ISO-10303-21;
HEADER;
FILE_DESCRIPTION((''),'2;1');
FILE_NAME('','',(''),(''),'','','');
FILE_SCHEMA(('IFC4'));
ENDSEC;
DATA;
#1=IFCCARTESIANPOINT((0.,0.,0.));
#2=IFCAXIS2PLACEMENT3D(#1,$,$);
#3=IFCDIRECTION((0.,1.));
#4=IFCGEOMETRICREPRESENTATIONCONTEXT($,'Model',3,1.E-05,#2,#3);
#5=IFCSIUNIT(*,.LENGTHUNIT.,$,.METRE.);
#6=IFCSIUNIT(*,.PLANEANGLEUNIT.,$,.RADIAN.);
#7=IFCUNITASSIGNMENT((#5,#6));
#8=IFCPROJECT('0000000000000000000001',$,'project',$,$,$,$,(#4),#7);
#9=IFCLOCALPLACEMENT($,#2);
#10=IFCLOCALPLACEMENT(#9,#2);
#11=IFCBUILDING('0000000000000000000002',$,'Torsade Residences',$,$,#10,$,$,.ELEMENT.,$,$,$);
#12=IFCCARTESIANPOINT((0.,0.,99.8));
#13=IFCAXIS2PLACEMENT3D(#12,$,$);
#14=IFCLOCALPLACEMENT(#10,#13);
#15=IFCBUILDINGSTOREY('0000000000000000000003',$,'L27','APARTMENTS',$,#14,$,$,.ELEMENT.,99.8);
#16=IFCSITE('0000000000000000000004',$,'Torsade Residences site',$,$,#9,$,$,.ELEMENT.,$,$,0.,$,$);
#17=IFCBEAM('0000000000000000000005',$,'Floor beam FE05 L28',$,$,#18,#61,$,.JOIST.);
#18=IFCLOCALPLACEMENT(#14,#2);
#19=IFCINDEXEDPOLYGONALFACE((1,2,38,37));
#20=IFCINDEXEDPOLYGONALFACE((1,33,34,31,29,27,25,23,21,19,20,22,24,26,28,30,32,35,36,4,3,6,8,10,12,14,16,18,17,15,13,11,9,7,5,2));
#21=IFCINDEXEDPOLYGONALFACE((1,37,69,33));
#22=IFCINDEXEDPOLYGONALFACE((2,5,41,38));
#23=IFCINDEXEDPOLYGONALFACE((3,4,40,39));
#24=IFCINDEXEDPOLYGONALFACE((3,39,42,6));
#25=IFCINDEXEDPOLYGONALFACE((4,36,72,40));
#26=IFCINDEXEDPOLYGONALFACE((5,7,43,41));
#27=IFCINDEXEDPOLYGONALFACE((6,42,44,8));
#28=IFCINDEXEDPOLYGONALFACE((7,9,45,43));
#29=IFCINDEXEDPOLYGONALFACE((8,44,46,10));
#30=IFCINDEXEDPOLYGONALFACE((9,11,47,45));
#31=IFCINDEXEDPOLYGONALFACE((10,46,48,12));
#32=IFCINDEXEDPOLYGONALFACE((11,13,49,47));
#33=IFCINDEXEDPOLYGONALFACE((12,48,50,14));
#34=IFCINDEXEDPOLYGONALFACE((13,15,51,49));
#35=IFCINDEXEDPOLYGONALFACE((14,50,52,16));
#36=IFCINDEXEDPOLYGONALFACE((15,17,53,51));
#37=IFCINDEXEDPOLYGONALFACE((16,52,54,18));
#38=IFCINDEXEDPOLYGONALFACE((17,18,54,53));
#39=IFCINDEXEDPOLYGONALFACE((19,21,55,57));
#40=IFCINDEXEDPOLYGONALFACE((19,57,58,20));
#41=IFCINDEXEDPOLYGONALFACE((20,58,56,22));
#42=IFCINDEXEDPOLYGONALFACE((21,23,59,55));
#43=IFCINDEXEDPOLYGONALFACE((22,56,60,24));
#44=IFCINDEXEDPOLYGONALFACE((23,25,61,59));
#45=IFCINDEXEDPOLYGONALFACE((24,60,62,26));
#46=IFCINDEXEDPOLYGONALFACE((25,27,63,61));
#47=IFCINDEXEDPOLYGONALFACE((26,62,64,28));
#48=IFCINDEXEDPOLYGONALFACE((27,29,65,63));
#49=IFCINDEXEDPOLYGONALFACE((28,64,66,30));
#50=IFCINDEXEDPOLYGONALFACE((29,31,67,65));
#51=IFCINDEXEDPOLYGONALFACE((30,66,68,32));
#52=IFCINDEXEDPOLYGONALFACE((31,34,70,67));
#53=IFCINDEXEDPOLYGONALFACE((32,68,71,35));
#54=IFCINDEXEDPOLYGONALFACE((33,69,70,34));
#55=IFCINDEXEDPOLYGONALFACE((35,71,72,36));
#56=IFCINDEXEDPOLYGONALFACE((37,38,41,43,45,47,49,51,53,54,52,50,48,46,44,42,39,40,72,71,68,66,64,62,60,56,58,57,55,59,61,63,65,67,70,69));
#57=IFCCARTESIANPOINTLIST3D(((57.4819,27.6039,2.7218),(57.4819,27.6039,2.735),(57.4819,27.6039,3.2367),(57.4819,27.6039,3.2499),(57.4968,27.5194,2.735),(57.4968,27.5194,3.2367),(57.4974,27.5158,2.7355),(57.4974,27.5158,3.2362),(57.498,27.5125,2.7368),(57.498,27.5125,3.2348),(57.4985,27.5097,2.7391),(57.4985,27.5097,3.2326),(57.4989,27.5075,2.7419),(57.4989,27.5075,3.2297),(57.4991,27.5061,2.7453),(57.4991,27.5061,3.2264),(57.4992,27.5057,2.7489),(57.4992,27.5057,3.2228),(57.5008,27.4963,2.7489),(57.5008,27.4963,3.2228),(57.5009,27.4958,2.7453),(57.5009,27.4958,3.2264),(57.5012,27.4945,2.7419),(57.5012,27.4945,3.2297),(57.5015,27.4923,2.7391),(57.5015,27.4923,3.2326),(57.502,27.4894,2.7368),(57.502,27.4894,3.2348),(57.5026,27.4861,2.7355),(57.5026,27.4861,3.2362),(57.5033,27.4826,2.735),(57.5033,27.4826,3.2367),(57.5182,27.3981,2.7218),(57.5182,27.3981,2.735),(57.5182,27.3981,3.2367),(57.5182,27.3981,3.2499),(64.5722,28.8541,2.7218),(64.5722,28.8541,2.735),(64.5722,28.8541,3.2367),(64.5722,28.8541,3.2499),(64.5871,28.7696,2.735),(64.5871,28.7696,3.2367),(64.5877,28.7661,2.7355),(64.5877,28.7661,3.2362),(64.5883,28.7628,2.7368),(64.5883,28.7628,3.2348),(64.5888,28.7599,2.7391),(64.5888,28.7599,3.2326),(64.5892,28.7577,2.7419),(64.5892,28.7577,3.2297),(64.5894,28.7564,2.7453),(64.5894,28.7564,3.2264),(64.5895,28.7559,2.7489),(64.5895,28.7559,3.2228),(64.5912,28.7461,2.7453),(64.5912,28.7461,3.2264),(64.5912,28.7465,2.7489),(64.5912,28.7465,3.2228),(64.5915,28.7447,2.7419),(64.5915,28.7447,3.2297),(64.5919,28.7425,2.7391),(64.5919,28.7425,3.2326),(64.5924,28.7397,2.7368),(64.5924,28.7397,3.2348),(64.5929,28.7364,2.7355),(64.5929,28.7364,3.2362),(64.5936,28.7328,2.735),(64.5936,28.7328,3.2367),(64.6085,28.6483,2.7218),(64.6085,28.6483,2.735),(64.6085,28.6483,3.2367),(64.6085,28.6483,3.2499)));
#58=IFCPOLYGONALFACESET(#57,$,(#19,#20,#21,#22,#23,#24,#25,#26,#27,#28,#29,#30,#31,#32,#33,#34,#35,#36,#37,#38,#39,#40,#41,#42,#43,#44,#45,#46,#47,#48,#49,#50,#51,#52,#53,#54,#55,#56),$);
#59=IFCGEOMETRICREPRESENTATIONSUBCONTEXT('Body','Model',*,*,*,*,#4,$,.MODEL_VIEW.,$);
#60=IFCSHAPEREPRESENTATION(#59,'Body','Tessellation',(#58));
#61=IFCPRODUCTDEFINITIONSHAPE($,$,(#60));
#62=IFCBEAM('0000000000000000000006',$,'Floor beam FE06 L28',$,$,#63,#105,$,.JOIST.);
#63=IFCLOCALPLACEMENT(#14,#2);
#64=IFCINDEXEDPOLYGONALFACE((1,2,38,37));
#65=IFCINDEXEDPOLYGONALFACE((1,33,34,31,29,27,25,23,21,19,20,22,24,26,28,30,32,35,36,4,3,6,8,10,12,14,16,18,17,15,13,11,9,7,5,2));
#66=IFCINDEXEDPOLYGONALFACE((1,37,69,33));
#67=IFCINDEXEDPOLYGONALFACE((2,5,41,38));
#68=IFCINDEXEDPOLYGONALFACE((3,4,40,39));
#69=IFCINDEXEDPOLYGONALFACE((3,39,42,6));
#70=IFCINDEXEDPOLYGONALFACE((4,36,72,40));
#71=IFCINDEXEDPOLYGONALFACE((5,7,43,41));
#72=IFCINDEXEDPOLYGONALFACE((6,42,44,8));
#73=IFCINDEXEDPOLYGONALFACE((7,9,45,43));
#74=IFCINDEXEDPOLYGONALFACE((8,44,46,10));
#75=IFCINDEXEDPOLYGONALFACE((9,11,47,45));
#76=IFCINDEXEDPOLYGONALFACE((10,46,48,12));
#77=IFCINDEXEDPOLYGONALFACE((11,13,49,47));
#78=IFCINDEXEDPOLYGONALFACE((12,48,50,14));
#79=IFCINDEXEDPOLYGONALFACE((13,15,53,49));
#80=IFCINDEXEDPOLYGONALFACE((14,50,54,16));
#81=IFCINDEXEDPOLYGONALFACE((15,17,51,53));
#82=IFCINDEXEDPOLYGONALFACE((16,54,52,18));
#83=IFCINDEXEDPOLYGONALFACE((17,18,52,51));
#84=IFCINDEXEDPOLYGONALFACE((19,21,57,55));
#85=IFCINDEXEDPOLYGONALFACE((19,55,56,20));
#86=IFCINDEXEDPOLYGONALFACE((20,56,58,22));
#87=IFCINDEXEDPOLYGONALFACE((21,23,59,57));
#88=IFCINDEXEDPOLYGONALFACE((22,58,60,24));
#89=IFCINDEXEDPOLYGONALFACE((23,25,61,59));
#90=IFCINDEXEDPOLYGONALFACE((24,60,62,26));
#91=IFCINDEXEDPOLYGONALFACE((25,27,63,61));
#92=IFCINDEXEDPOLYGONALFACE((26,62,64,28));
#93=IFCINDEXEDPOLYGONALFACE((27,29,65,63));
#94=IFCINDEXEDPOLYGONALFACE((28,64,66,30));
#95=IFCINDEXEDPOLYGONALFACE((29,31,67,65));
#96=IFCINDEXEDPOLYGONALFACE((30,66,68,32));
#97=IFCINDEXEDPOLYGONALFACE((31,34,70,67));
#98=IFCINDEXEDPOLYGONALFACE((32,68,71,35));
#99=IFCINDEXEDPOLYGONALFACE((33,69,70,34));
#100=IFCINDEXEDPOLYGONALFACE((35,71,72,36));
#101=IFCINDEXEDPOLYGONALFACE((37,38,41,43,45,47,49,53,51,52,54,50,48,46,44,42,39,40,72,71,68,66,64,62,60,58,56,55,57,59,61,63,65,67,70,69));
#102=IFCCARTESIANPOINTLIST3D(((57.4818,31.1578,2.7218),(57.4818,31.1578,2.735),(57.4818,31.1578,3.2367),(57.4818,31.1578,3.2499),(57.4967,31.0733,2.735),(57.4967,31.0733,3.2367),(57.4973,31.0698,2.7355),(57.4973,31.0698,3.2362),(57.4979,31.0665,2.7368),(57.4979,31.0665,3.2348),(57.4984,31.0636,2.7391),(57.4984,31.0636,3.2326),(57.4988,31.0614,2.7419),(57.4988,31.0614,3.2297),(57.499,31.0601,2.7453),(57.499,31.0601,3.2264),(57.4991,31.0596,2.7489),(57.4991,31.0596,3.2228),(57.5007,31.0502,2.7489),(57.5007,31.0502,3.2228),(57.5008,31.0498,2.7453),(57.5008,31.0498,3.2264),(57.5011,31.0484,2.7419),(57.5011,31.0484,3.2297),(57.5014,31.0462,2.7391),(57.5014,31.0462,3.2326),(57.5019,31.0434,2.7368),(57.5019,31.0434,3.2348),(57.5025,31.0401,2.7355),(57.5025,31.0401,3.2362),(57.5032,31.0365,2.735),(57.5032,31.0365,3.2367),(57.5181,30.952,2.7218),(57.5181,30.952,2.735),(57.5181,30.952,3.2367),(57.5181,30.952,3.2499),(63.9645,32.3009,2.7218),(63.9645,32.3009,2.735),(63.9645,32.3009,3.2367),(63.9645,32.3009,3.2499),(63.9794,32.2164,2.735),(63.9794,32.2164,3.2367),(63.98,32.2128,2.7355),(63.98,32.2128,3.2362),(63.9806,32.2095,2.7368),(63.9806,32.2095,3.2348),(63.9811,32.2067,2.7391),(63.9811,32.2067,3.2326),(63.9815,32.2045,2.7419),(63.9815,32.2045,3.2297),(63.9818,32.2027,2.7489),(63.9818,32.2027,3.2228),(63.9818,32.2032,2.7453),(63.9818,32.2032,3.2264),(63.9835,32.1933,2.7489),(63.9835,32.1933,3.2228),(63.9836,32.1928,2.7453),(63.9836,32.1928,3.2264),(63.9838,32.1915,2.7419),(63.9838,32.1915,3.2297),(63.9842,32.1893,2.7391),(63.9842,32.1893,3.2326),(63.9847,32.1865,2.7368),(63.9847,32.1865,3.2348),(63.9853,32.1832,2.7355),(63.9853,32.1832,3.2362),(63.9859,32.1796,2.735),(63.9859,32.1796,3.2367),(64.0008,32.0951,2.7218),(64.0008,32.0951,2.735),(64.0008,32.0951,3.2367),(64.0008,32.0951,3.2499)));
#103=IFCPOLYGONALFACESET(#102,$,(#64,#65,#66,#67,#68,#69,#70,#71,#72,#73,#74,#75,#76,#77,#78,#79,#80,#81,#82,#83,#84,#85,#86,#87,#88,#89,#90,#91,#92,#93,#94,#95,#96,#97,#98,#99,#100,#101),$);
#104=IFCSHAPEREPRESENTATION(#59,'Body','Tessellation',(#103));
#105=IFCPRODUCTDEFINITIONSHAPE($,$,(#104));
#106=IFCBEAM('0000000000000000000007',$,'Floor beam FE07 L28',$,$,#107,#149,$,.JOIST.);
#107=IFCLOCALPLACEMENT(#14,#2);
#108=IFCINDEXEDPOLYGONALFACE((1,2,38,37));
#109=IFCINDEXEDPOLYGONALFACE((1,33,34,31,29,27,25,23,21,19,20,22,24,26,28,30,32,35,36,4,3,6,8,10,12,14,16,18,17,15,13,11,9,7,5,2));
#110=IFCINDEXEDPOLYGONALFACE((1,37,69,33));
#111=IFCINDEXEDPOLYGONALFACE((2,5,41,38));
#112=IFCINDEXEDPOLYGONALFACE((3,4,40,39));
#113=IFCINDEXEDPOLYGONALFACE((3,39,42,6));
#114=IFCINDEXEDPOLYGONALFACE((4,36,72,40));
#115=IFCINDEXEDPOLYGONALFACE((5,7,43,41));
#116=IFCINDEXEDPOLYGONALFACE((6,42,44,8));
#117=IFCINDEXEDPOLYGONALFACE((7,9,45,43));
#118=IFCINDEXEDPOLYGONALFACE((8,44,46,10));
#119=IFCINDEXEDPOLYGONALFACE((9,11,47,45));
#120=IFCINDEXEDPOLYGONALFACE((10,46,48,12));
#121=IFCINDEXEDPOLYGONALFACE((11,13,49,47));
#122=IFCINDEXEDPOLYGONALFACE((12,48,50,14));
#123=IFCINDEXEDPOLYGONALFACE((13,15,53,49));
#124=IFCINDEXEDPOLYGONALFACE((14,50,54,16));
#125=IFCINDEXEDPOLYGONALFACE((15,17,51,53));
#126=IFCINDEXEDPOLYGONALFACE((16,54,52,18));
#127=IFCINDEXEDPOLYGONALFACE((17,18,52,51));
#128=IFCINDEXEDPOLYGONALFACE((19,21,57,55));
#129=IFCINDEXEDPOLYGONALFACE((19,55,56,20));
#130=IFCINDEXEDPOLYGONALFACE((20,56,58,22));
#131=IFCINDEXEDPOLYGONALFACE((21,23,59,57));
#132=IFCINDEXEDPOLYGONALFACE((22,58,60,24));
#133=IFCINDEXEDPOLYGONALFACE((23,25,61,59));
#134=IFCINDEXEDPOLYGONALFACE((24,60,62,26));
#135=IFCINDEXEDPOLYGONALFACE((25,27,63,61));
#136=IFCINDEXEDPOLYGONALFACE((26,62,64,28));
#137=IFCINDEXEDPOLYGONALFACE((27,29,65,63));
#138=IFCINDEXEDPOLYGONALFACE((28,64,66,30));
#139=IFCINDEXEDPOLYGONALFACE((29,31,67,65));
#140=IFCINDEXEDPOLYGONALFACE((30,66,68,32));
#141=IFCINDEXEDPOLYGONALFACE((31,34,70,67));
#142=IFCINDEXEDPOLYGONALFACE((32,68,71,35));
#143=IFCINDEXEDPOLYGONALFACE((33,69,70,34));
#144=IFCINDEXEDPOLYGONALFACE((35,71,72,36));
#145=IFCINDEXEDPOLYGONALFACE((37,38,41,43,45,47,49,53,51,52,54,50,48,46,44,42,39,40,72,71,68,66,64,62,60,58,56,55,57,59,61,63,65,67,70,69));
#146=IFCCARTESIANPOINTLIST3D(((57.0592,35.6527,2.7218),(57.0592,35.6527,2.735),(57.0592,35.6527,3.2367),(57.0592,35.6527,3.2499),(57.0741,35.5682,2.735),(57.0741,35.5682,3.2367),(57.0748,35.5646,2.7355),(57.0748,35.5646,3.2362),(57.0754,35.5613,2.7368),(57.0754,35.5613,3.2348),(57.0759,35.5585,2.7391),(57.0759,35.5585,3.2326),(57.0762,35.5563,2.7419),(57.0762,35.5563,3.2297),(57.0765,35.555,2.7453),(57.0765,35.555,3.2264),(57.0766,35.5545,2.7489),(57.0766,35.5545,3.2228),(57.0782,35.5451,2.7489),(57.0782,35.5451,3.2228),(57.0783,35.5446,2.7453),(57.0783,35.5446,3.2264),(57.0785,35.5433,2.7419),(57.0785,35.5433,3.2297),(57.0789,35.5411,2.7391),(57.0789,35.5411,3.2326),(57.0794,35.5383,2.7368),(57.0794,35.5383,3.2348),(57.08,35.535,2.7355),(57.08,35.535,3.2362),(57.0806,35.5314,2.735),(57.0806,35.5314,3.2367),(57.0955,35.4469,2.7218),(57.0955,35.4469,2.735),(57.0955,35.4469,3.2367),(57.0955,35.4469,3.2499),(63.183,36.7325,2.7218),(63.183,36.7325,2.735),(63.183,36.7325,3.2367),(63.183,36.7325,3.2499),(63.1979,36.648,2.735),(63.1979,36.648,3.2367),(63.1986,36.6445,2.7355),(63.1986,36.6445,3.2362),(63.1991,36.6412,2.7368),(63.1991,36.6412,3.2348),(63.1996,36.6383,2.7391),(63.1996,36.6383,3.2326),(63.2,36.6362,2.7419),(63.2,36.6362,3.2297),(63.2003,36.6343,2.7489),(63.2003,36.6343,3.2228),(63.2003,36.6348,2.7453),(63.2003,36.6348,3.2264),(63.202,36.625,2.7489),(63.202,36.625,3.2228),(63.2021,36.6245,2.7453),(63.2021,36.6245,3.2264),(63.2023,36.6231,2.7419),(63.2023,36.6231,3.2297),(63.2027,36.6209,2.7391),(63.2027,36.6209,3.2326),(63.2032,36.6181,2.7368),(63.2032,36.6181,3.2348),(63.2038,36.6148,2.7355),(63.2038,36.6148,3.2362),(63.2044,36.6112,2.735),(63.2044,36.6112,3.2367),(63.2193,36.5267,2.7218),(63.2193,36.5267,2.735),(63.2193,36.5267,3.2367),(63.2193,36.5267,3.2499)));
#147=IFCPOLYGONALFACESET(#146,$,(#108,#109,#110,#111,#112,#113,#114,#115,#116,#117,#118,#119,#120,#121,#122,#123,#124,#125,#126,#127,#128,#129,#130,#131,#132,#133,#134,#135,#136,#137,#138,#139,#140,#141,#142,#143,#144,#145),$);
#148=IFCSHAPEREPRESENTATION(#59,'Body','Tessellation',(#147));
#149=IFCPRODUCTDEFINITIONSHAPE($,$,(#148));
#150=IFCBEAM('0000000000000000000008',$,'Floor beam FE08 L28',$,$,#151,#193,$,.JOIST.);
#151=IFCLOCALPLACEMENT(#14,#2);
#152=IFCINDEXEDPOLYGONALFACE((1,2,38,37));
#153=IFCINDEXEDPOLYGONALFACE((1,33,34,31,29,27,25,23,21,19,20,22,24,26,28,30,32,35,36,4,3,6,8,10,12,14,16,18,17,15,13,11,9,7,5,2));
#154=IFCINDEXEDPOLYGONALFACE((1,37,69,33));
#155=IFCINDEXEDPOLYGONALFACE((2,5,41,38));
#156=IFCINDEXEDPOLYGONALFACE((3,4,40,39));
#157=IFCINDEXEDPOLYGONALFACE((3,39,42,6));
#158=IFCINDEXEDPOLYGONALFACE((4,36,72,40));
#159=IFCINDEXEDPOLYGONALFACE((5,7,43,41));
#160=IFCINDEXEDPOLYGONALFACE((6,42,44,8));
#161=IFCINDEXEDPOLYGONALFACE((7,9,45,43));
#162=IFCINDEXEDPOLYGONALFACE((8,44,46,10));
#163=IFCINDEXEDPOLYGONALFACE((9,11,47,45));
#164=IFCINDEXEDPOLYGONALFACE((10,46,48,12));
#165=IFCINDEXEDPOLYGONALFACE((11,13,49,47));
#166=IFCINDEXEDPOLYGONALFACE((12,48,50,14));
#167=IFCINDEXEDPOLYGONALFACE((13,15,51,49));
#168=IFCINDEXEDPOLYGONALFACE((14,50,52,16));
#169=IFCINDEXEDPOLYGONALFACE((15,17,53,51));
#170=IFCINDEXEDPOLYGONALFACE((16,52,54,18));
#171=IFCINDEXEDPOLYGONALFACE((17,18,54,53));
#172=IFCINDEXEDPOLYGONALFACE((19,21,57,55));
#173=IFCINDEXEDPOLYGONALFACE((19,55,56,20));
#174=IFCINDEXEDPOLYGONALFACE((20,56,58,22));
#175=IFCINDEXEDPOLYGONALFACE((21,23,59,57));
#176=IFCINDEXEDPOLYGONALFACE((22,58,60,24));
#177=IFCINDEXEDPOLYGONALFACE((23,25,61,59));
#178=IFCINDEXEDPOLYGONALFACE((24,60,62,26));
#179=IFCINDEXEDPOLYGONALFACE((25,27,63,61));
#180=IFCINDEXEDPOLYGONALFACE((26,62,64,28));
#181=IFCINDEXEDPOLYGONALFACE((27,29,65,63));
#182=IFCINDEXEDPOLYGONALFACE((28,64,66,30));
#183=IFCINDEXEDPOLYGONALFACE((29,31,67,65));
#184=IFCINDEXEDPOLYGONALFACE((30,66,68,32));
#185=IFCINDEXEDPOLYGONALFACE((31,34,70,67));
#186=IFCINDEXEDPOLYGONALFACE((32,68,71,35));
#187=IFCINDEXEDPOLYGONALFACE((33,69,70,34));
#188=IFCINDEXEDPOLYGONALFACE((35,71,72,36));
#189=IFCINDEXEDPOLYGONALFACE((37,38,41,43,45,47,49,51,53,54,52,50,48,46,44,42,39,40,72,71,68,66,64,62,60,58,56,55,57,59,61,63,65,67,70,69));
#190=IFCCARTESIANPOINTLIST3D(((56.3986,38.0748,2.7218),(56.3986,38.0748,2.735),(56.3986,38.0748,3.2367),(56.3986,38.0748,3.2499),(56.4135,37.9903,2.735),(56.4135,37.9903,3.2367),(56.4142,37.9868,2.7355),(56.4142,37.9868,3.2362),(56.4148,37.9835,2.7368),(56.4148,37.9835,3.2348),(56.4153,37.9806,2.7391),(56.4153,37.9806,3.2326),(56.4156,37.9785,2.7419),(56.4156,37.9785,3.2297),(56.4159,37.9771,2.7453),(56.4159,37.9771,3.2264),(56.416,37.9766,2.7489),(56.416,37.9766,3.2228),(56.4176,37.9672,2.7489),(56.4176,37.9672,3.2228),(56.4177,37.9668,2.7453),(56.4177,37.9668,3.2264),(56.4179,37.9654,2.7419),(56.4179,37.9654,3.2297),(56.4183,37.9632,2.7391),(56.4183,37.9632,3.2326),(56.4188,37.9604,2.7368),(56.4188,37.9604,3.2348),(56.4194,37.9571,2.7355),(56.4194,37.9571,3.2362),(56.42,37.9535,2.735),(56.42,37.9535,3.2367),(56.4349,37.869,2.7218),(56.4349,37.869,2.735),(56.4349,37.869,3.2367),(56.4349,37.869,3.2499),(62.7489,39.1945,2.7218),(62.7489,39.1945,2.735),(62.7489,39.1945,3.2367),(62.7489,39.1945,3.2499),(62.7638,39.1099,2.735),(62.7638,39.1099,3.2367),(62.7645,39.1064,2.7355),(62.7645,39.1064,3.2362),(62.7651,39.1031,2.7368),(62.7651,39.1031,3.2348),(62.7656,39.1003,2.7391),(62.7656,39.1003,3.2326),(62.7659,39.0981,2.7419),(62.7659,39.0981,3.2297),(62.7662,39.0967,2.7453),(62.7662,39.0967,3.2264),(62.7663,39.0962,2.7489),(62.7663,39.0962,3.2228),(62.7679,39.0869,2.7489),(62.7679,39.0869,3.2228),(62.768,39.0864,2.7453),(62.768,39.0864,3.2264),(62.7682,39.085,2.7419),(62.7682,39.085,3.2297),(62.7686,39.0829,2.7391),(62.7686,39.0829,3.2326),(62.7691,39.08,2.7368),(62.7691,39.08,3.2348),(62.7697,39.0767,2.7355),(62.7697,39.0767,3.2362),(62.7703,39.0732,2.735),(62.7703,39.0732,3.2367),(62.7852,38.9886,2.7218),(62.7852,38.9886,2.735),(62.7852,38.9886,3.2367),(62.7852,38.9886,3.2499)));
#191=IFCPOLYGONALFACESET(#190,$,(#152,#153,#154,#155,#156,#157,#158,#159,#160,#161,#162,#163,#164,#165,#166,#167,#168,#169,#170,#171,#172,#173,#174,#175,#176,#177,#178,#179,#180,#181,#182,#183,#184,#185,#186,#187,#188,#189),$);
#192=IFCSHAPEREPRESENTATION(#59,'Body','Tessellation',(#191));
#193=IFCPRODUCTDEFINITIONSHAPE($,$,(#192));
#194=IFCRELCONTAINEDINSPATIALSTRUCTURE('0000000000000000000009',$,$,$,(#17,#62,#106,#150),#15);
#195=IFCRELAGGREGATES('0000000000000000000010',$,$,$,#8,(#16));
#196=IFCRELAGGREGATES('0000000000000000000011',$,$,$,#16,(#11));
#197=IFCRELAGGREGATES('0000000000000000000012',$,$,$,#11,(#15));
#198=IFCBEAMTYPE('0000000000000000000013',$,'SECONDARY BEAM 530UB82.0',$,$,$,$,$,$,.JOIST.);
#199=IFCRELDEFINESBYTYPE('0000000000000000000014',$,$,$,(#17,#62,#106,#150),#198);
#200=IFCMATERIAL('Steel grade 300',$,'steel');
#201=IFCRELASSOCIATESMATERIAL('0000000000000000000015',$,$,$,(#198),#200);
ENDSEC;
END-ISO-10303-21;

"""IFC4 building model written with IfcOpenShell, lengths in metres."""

from ifc_helpers import new_model, si_unit, direction, frame, origin, origin_2d, place, context, subcontext, project, spatial, i_section, extrude, material, material_profile, profile_set, type_object, element, save


model = new_model("IFC4")

# Units and contexts
model_context = context("Model", 3, precision=1e-05, world=origin(), true_north=direction((0.0, 1.0)))
body_context = subcontext(model_context, "Body", "Model", "MODEL_VIEW")
ifc_project = project(units=[si_unit("LENGTHUNIT", "METRE"), si_unit("PLANEANGLEUNIT", "RADIAN")], contexts=[model_context])

# Site, building, storey
site_placement = place(None, origin())
site = spatial("IfcSite", under=ifc_project, at=site_placement, Name="Torsade Residences site", CompositionType="ELEMENT", RefElevation=0.0)
building_placement = place(site_placement, origin())
building = spatial("IfcBuilding", under=site, at=building_placement, Name="Torsade Residences", CompositionType="ELEMENT")
storey_placement = place(building_placement, frame((0.0, 0.0, 99.8)))
storey = spatial("IfcBuildingStorey", under=building, at=storey_placement, Name="L27", Description="APARTMENTS", CompositionType="ELEMENT", Elevation=99.8)

# Beams
ifc_material_1 = material(Name="Steel grade 300", Category="steel")
ifc_material_profile_1 = material_profile(ifc_material_1, i_section(OverallWidth=0.209, OverallDepth=0.5281, WebThickness=0.0095, FlangeThickness=0.0132, FilletRadius=0.0139, at=origin_2d()), Name="530UB82.0")
ifc_profile_set_1 = profile_set([ifc_material_profile_1], Name="Steel grade 300")
beam_type_1 = type_object("IfcBeamType", Name="SECONDARY BEAM 530UB82.0", PredefinedType="JOIST", material=ifc_profile_set_1)
beam_1_placement = place(storey_placement, frame((64.5903, 28.7512, 2.9858), z_axis=(-0.984807, -0.173652, 0.0), x_axis=(0.173652, -0.984807, 0.0)))
element("IfcBeam", 1, at=beam_1_placement, inside=storey, type_object=beam_type_1, Name="Floor beam FE05 L28", PredefinedType="JOIST", context=body_context, shape_type="SweptSolid", body=[
    extrude(i_section(OverallWidth=0.209, OverallDepth=0.5281, WebThickness=0.0095, FlangeThickness=0.0132, FilletRadius=0.0139, at=origin_2d()), origin(), (0.0, 0.0, 1.0), 7.1997),
])
beam_2_placement = place(storey_placement, frame((63.9827, 32.198, 2.9858), z_axis=(-0.984808, -0.173648, 0.0), x_axis=(0.173648, -0.984808, 0.0)))
element("IfcBeam", 2, at=beam_2_placement, inside=storey, type_object=beam_type_1, Name="Floor beam FE06 L28", PredefinedType="JOIST", context=body_context, shape_type="SweptSolid", body=[
    extrude(i_section(OverallWidth=0.209, OverallDepth=0.5281, WebThickness=0.0095, FlangeThickness=0.0132, FilletRadius=0.0139, at=origin_2d()), origin(), (0.0, 0.0, 1.0), 6.5828),
])
beam_3_placement = place(storey_placement, frame((63.2012, 36.6296, 2.9858), z_axis=(-0.984806, -0.173655, 0.0), x_axis=(0.173655, -0.984806, 0.0)))
element("IfcBeam", 3, at=beam_3_placement, inside=storey, type_object=beam_type_1, Name="Floor beam FE07 L28", PredefinedType="JOIST", context=body_context, shape_type="SweptSolid", body=[
    extrude(i_section(OverallWidth=0.209, OverallDepth=0.5281, WebThickness=0.0095, FlangeThickness=0.0132, FilletRadius=0.0139, at=origin_2d()), origin(), (0.0, 0.0, 1.0), 6.2183),
])
beam_4_placement = place(storey_placement, frame((62.7671, 39.0916, 2.9858), z_axis=(-0.984811, -0.173632, 0.0), x_axis=(0.173632, -0.984811, 0.0)))
element("IfcBeam", 4, at=beam_4_placement, inside=storey, type_object=beam_type_1, Name="Floor beam FE08 L28", PredefinedType="JOIST", context=body_context, shape_type="SweptSolid", body=[
    extrude(i_section(OverallWidth=0.209, OverallDepth=0.5281, WebThickness=0.0095, FlangeThickness=0.0132, FilletRadius=0.0139, at=origin_2d()), origin(), (0.0, 0.0, 1.0), 6.4482),
])

save(model, "model.ifc")
